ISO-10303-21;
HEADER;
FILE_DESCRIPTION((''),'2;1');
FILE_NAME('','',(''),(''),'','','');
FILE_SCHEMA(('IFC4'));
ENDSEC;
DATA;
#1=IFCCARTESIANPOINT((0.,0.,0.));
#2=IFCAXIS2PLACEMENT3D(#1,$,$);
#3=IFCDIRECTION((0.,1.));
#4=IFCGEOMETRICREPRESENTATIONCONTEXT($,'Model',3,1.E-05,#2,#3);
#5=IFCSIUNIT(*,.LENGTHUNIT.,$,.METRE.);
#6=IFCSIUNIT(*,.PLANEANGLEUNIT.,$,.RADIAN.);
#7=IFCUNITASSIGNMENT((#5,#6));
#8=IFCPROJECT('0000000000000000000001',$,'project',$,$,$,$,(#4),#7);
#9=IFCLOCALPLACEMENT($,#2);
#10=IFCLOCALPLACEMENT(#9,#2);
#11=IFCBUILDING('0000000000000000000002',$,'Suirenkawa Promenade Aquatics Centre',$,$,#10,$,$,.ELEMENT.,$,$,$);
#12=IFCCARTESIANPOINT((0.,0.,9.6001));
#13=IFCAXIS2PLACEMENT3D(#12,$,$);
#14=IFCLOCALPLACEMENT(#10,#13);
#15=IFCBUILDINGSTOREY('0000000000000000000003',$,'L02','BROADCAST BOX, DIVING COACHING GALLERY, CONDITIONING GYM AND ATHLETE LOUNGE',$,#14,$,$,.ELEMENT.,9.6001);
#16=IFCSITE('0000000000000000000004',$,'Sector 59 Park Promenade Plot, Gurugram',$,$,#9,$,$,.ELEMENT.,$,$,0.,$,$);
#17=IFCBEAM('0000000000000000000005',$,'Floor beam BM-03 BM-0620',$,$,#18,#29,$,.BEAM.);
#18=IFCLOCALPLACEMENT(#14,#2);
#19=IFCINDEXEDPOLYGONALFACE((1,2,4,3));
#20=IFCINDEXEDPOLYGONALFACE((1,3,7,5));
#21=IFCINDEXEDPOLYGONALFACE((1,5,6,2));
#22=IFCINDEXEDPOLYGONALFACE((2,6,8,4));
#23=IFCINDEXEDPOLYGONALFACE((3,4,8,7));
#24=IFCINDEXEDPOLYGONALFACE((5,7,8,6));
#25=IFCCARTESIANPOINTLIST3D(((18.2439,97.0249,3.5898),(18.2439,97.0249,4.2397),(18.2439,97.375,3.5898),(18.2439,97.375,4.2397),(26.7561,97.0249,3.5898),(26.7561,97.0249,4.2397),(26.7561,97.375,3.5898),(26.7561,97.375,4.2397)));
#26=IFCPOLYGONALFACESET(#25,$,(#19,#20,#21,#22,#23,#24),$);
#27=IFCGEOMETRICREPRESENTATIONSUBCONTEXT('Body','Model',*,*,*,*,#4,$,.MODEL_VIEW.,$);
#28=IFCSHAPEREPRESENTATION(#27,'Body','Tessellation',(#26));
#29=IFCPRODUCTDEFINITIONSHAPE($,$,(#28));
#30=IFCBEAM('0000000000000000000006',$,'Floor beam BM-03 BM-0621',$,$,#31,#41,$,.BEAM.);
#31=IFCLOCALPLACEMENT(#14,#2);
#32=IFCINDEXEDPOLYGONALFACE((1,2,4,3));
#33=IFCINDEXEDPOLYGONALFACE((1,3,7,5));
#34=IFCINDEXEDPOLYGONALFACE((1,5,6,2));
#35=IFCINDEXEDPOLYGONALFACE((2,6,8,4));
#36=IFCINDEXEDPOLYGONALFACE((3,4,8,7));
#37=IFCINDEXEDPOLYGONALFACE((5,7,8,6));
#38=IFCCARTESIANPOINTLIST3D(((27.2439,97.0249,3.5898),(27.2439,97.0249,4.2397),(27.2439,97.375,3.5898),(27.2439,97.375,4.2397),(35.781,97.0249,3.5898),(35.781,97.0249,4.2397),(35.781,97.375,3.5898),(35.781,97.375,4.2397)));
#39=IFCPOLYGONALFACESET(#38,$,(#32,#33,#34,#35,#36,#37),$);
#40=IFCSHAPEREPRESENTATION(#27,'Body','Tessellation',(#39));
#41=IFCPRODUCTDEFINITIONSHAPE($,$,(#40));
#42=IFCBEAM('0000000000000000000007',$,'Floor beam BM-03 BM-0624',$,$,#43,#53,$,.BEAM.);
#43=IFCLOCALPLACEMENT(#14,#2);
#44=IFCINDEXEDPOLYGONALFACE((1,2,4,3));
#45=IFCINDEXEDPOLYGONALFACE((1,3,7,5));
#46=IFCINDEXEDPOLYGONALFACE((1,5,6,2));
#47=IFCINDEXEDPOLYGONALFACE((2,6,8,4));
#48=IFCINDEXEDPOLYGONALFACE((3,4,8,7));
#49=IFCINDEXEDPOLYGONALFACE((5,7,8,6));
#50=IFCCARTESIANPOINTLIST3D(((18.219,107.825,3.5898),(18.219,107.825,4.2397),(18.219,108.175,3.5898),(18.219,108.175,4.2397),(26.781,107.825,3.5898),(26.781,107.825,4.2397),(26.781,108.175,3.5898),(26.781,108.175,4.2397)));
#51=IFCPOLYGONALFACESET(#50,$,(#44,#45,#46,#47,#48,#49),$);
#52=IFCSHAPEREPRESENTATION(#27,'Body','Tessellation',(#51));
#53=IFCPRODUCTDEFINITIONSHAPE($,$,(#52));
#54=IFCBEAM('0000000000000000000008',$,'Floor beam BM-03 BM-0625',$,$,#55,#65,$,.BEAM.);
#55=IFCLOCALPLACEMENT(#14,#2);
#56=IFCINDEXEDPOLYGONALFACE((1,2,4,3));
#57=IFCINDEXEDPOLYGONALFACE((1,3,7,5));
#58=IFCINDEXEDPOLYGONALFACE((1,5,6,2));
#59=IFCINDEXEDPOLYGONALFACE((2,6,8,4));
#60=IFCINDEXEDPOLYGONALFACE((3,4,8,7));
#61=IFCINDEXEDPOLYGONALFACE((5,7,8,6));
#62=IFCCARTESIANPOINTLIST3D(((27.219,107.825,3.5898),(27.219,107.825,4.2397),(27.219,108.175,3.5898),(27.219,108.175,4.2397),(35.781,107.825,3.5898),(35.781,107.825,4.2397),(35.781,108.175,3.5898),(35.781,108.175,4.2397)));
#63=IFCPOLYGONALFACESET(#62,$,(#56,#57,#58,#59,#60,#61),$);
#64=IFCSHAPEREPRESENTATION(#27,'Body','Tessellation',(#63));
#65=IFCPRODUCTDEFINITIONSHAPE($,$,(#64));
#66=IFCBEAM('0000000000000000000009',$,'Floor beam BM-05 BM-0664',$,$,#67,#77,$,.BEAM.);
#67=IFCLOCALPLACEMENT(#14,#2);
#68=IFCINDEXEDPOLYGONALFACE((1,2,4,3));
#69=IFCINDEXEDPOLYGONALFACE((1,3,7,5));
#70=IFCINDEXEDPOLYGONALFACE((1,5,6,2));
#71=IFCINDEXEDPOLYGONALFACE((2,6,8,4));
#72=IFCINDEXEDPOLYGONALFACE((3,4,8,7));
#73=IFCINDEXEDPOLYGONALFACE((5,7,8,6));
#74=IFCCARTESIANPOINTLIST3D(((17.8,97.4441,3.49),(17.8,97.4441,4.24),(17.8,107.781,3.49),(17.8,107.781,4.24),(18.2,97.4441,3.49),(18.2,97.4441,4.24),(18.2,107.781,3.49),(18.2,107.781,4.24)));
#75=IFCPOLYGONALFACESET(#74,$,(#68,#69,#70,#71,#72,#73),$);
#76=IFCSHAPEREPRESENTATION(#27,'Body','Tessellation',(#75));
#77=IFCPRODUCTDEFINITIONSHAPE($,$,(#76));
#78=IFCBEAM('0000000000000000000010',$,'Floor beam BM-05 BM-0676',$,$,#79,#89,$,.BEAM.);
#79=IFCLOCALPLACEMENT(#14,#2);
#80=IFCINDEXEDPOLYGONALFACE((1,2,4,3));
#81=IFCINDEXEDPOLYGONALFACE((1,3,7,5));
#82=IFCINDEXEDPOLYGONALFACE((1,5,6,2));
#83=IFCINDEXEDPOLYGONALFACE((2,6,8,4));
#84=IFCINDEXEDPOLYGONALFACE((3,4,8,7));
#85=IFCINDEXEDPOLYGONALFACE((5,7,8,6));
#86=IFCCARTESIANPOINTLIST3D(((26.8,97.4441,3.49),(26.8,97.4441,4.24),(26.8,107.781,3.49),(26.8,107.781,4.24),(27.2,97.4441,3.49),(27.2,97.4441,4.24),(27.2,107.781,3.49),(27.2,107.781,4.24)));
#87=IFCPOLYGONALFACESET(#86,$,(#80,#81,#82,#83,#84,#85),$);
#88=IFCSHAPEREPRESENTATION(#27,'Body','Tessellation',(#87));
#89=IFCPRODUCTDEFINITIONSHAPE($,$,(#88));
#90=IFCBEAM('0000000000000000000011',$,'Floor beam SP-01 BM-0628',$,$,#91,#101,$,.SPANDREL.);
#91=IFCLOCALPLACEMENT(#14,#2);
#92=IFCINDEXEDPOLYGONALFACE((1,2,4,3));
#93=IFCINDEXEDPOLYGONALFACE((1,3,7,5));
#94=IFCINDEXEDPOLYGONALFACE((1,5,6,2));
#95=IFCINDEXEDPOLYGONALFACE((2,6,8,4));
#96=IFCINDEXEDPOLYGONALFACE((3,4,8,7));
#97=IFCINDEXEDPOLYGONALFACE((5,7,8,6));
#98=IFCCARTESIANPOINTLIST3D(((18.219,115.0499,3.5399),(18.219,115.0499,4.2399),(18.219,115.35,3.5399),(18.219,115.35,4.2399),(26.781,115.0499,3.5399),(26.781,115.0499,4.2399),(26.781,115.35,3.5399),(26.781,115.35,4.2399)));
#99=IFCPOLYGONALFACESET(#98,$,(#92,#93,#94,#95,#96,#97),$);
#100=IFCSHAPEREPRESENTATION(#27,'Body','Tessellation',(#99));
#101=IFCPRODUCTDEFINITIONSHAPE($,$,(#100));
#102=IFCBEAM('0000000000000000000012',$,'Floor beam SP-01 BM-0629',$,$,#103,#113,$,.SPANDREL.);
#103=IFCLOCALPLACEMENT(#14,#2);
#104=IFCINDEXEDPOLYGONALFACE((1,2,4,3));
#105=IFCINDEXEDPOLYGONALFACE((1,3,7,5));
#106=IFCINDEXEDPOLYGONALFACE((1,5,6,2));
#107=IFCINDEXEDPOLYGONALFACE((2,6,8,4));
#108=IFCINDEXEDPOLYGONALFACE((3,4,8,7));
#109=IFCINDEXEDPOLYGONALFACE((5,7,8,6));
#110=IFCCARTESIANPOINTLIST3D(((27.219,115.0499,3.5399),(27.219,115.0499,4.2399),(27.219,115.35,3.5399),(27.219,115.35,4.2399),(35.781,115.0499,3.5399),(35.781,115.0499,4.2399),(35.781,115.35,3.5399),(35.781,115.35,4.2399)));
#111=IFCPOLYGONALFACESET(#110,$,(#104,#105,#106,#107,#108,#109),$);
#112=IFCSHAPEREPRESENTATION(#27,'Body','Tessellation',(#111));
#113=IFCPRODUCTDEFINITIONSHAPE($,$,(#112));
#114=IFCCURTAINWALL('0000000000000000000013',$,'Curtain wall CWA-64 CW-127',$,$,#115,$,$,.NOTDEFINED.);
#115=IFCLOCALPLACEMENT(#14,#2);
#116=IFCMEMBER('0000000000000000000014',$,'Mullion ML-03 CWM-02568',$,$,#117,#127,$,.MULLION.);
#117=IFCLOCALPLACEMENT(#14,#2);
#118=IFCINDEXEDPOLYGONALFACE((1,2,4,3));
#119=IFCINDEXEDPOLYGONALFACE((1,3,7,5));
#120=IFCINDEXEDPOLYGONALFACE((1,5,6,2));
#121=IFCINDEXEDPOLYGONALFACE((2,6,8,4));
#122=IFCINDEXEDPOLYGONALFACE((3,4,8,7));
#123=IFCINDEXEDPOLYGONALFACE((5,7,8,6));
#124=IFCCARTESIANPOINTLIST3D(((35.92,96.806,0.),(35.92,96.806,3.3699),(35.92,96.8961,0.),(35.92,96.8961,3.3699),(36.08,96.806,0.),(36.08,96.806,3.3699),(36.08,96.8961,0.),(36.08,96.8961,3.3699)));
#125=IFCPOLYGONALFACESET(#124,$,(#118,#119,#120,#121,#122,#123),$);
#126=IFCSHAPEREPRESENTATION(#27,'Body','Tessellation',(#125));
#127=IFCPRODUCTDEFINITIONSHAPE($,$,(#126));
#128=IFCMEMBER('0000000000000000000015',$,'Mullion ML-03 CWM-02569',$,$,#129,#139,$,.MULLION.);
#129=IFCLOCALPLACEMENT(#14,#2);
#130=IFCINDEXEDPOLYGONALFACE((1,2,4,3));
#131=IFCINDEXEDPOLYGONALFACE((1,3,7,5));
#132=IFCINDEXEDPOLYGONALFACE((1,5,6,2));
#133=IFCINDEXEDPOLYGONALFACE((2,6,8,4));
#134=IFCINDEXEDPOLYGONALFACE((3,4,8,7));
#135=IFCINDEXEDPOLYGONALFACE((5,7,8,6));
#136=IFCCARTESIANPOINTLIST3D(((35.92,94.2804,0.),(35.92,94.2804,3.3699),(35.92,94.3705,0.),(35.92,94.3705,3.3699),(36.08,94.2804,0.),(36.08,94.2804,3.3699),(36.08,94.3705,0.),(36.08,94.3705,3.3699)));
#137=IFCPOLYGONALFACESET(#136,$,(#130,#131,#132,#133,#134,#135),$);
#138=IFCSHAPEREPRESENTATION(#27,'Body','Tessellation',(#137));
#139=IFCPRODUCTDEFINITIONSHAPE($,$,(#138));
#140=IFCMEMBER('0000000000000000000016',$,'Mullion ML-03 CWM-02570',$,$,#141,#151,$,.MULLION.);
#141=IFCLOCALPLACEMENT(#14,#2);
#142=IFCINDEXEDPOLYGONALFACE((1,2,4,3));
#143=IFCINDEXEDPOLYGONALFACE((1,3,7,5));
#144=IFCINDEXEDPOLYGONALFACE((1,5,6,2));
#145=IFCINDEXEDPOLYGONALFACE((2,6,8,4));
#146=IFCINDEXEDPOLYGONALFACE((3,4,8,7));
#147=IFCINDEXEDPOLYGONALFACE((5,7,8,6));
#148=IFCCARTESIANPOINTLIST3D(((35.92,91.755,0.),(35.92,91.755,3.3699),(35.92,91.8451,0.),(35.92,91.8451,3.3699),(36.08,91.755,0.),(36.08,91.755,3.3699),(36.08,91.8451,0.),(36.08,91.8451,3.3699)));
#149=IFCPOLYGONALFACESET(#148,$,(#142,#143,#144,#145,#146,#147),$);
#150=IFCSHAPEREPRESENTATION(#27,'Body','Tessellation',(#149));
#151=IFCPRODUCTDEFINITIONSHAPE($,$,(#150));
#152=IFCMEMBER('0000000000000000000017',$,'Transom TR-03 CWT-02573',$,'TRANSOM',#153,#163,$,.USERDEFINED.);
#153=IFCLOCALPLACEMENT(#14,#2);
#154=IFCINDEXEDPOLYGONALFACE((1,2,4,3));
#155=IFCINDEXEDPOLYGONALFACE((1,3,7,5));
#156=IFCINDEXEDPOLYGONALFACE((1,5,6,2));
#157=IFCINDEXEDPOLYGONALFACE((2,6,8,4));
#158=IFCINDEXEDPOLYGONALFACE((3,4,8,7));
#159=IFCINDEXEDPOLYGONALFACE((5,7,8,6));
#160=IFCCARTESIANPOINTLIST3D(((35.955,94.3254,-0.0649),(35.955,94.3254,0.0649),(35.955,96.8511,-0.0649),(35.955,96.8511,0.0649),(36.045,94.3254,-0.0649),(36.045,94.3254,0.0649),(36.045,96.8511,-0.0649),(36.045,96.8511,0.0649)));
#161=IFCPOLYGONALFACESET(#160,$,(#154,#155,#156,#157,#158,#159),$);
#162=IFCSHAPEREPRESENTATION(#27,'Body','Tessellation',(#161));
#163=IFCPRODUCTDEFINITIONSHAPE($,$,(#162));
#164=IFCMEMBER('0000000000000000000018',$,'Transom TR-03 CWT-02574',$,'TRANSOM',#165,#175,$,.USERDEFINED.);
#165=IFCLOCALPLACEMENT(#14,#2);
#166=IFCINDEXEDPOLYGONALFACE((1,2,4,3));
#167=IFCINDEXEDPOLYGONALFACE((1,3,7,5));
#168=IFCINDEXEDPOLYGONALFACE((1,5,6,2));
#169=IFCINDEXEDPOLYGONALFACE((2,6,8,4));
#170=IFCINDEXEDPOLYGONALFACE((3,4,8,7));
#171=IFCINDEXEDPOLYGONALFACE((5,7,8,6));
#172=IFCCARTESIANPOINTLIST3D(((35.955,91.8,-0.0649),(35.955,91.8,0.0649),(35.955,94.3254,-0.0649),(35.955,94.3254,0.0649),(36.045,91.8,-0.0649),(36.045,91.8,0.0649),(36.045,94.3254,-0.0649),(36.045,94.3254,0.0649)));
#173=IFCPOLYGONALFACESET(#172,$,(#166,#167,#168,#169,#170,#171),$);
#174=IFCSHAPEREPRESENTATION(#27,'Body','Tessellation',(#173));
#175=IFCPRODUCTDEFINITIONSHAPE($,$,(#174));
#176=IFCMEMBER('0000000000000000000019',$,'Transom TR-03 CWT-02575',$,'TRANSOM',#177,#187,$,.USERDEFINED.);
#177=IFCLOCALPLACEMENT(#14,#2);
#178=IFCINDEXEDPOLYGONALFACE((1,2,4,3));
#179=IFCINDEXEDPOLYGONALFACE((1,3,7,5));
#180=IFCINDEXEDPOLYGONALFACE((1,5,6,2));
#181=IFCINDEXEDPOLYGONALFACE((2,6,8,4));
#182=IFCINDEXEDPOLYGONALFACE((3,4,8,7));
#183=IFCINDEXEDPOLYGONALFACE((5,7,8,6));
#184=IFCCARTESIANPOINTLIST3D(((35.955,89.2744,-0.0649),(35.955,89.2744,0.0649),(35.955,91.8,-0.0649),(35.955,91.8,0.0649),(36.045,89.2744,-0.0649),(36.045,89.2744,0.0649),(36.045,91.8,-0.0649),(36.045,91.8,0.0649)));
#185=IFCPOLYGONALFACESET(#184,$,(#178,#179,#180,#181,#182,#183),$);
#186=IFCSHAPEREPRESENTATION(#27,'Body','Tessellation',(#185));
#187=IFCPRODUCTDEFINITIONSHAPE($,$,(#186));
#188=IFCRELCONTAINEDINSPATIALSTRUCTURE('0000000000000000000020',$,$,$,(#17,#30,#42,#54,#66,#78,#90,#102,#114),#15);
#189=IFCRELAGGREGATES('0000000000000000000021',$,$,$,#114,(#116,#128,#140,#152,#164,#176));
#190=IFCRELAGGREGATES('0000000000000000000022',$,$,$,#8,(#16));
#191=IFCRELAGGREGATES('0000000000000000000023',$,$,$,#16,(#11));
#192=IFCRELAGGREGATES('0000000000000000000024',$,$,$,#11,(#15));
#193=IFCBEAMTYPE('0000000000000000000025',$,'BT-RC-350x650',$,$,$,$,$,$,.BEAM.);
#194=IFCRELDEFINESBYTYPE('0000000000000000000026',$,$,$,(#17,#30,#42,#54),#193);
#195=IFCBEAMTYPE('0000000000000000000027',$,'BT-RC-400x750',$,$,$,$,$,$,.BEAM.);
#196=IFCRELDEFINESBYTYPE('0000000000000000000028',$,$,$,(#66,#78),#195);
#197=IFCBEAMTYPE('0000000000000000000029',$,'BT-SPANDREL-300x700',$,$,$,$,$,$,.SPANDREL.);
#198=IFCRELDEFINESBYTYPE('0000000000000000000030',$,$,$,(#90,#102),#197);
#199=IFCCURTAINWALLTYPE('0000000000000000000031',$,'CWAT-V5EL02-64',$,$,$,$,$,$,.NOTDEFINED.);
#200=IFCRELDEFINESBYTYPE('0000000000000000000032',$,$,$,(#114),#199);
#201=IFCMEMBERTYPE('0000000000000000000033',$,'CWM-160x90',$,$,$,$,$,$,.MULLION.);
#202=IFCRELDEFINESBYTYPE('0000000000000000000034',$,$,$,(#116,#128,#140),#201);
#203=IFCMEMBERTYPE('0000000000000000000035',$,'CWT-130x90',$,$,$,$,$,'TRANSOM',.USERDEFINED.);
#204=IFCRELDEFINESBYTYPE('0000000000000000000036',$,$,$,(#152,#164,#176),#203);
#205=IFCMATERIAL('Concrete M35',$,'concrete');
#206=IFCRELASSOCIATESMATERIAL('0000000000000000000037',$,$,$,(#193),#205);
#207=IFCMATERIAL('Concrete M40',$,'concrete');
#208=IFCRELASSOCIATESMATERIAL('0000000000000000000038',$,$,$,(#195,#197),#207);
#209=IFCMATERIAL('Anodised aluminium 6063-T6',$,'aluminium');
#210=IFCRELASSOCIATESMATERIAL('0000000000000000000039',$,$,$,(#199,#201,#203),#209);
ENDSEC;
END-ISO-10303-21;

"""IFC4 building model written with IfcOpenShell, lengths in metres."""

from ifc_helpers import new_model, si_unit, direction, frame, origin, origin_2d, place, context, subcontext, project, spatial, rectangle, extrude, material, material_profile, profile_set, type_object, element, aggregate, save


model = new_model("IFC4")

# Units and contexts
model_context = context("Model", 3, precision=1e-05, world=origin(), true_north=direction((0.0, 1.0)))
body_context = subcontext(model_context, "Body", "Model", "MODEL_VIEW")
ifc_project = project(units=[si_unit("LENGTHUNIT", "METRE"), si_unit("PLANEANGLEUNIT", "RADIAN")], contexts=[model_context])

# Site, building, storey
site_placement = place(None, origin())
site = spatial("IfcSite", under=ifc_project, at=site_placement, Name="Sector 59 Park Promenade Plot, Gurugram", CompositionType="ELEMENT", RefElevation=0.0)
building_placement = place(site_placement, origin())
building = spatial("IfcBuilding", under=site, at=building_placement, Name="Suirenkawa Promenade Aquatics Centre", CompositionType="ELEMENT")
storey_placement = place(building_placement, frame((0.0, 0.0, 9.6001)))
storey = spatial("IfcBuildingStorey", under=building, at=storey_placement, Name="L02", Description="BROADCAST BOX, DIVING COACHING GALLERY, CONDITIONING GYM AND ATHLETE LOUNGE", CompositionType="ELEMENT", Elevation=9.6001)

# Shared definitions
ifc_material_1 = material(Name="Concrete M40", Category="concrete")

# Beams
ifc_material_2 = material(Name="Concrete M35", Category="concrete")
ifc_material_profile_1 = material_profile(ifc_material_2, rectangle(XDim=0.3501, YDim=0.6499, at=origin_2d()), Name="RC BM 350x650", Category="concrete")
ifc_profile_set_1 = profile_set([ifc_material_profile_1], Name="Concrete M35")
beam_type_1 = type_object("IfcBeamType", Name="BT-RC-350x650", PredefinedType="BEAM", material=ifc_profile_set_1)
beam_1_placement = place(storey_placement, frame((18.2439, 97.2, 3.9148), z_axis=(1.0, 0.0, 0.0), x_axis=(0.0, 1.0, 0.0)))
element("IfcBeam", 1, at=beam_1_placement, inside=storey, type_object=beam_type_1, Name="Floor beam BM-03 BM-0620", PredefinedType="BEAM", context=body_context, shape_type="SweptSolid", body=[
    extrude(rectangle(XDim=0.3501, YDim=0.6499, at=origin_2d()), origin(), (0.0, 0.0, 1.0), 8.5122),
])
beam_2_placement = place(storey_placement, frame((27.2439, 97.2, 3.9148), z_axis=(1.0, 0.0, 0.0), x_axis=(0.0, 1.0, 0.0)))
element("IfcBeam", 2, at=beam_2_placement, inside=storey, type_object=beam_type_1, Name="Floor beam BM-03 BM-0621", PredefinedType="BEAM", context=body_context, shape_type="SweptSolid", body=[
    extrude(rectangle(XDim=0.3501, YDim=0.6499, at=origin_2d()), origin(), (0.0, 0.0, 1.0), 8.5371),
])
for number, where, z_axis, x_axis, name in (
    (3, (18.219, 108.0, 3.9148), (1.0, 0.0, 0.0), (0.0, 1.0, 0.0), "Floor beam BM-03 BM-0624"),
    (4, (27.219, 108.0, 3.9148), (1.0, 0.0, 0.0), (0.0, 1.0, 0.0), "Floor beam BM-03 BM-0625"),
):
    element("IfcBeam", number, at=place(storey_placement, frame(where, z_axis=z_axis, x_axis=x_axis)), inside=storey, type_object=beam_type_1, Name=name, PredefinedType="BEAM", context=body_context, shape_type="SweptSolid", body=[
        extrude(rectangle(XDim=0.3501, YDim=0.6499, at=origin_2d()), origin(), (0.0, 0.0, 1.0), 8.562),
    ])
ifc_material_profile_2 = material_profile(ifc_material_1, rectangle(XDim=0.3999, YDim=0.75, at=origin_2d()), Name="RC BM 400x750", Category="concrete")
ifc_profile_set_2 = profile_set([ifc_material_profile_2], Name="Concrete M40")
beam_type_2 = type_object("IfcBeamType", Name="BT-RC-400x750", PredefinedType="BEAM", material=ifc_profile_set_2)
for number, where, z_axis, x_axis, name in (
    (5, (18.0, 97.4441, 3.865), (0.0, 1.0, 0.0), (-1.0, 0.0, 0.0), "Floor beam BM-05 BM-0664"),
    (6, (27.0, 97.4441, 3.865), (0.0, 1.0, 0.0), (-1.0, 0.0, 0.0), "Floor beam BM-05 BM-0676"),
):
    element("IfcBeam", number, at=place(storey_placement, frame(where, z_axis=z_axis, x_axis=x_axis)), inside=storey, type_object=beam_type_2, Name=name, PredefinedType="BEAM", context=body_context, shape_type="SweptSolid", body=[
        extrude(rectangle(XDim=0.3999, YDim=0.75, at=origin_2d()), origin(), (0.0, 0.0, 1.0), 10.3369),
    ])
ifc_material_profile_3 = material_profile(ifc_material_1, rectangle(XDim=0.3, YDim=0.7, at=origin_2d()), Name="RC SPANDREL 300x700", Category="concrete")
ifc_profile_set_3 = profile_set([ifc_material_profile_3], Name="Concrete M40")
beam_type_3 = type_object("IfcBeamType", Name="BT-SPANDREL-300x700", PredefinedType="SPANDREL", material=ifc_profile_set_3)
for number, where, z_axis, x_axis, name in (
    (7, (18.219, 115.2, 3.8899), (1.0, 0.0, 0.0), (0.0, 1.0, 0.0), "Floor beam SP-01 BM-0628"),
    (8, (27.219, 115.2, 3.8899), (1.0, 0.0, 0.0), (0.0, 1.0, 0.0), "Floor beam SP-01 BM-0629"),
):
    element("IfcBeam", number, at=place(storey_placement, frame(where, z_axis=z_axis, x_axis=x_axis)), inside=storey, type_object=beam_type_3, Name=name, PredefinedType="SPANDREL", context=body_context, shape_type="SweptSolid", body=[
        extrude(rectangle(XDim=0.3, YDim=0.7, at=origin_2d()), origin(), (0.0, 0.0, 1.0), 8.562),
    ])

# Curtain wall, members
ifc_material_3 = material(Name="Anodised aluminium 6063-T6", Category="aluminium")
curtain_wall_type = type_object("IfcCurtainWallType", Name="CWAT-V5EL02-64", PredefinedType="NOTDEFINED", material=ifc_material_3)
curtain_wall_placement = place(storey_placement, origin())
curtain_wall = element("IfcCurtainWall", 9, at=curtain_wall_placement, inside=storey, type_object=curtain_wall_type, Name="Curtain wall CWA-64 CW-127", PredefinedType="NOTDEFINED")
ifc_material_profile_4 = material_profile(ifc_material_3, rectangle(XDim=0.0901, YDim=0.1599, at=origin_2d()), Name="ALU MULL 90x160", Category="aluminium")
ifc_profile_set_4 = profile_set([ifc_material_profile_4], Name="Anodised aluminium 6063-T6")
member_type_1 = type_object("IfcMemberType", Name="CWM-160x90", PredefinedType="MULLION", material=ifc_profile_set_4)
member_1_placement = place(storey_placement, frame((36.0, 96.8511, 0.0), z_axis=(0.0, 0.0, 1.0), x_axis=(0.0, -1.0, 0.0)))
member_1 = element("IfcMember", 10, at=member_1_placement, type_object=member_type_1, Name="Mullion ML-03 CWM-02568", PredefinedType="MULLION", context=body_context, shape_type="SweptSolid", body=[
    extrude(rectangle(XDim=0.0901, YDim=0.1599, at=origin_2d()), origin(), (0.0, 0.0, 1.0), 3.3699),
])
member_2_placement = place(storey_placement, frame((36.0, 94.3254, 0.0), z_axis=(0.0, 0.0, 1.0), x_axis=(0.0, -1.0, 0.0)))
member_2 = element("IfcMember", 11, at=member_2_placement, type_object=member_type_1, Name="Mullion ML-03 CWM-02569", PredefinedType="MULLION", context=body_context, shape_type="SweptSolid", body=[
    extrude(rectangle(XDim=0.0901, YDim=0.1599, at=origin_2d()), origin(), (0.0, 0.0, 1.0), 3.3699),
])
member_3_placement = place(storey_placement, frame((36.0, 91.8, 0.0), z_axis=(0.0, 0.0, 1.0), x_axis=(0.0, -1.0, 0.0)))
member_3 = element("IfcMember", 12, at=member_3_placement, type_object=member_type_1, Name="Mullion ML-03 CWM-02570", PredefinedType="MULLION", context=body_context, shape_type="SweptSolid", body=[
    extrude(rectangle(XDim=0.0901, YDim=0.1599, at=origin_2d()), origin(), (0.0, 0.0, 1.0), 3.3699),
])
ifc_material_profile_5 = material_profile(ifc_material_3, rectangle(XDim=0.0901, YDim=0.1299, at=origin_2d()), Name="ALU TRAN 90x130", Category="aluminium")
ifc_profile_set_5 = profile_set([ifc_material_profile_5], Name="Anodised aluminium 6063-T6")
member_type_2 = type_object("IfcMemberType", Name="CWT-130x90", ElementType="TRANSOM", PredefinedType="USERDEFINED", material=ifc_profile_set_5)
member_4_placement = place(storey_placement, frame((36.0, 96.8511, 0.0), z_axis=(0.0, -1.0, 0.0), x_axis=(1.0, 0.0, 0.0)))
member_4 = element("IfcMember", 13, at=member_4_placement, type_object=member_type_2, Name="Transom TR-03 CWT-02573", ObjectType="TRANSOM", PredefinedType="USERDEFINED", context=body_context, shape_type="SweptSolid", body=[
    extrude(rectangle(XDim=0.0901, YDim=0.1299, at=origin_2d()), origin(), (0.0, 0.0, 1.0), 2.5256),
])
member_5_placement = place(storey_placement, frame((36.0, 94.3254, 0.0), z_axis=(0.0, -1.0, 0.0), x_axis=(1.0, 0.0, 0.0)))
member_5 = element("IfcMember", 14, at=member_5_placement, type_object=member_type_2, Name="Transom TR-03 CWT-02574", ObjectType="TRANSOM", PredefinedType="USERDEFINED", context=body_context, shape_type="SweptSolid", body=[
    extrude(rectangle(XDim=0.0901, YDim=0.1299, at=origin_2d()), origin(), (0.0, 0.0, 1.0), 2.5254),
])
member_6_placement = place(storey_placement, frame((36.0, 91.8, 0.0), z_axis=(0.0, -1.0, 0.0), x_axis=(1.0, 0.0, 0.0)))
member_6 = element("IfcMember", 15, at=member_6_placement, type_object=member_type_2, Name="Transom TR-03 CWT-02575", ObjectType="TRANSOM", PredefinedType="USERDEFINED", context=body_context, shape_type="SweptSolid", body=[
    extrude(rectangle(XDim=0.0901, YDim=0.1299, at=origin_2d()), origin(), (0.0, 0.0, 1.0), 2.5256),
])
aggregate(curtain_wall, [member_1, member_2, member_3, member_4, member_5, member_6])

save(model, "model.ifc")
